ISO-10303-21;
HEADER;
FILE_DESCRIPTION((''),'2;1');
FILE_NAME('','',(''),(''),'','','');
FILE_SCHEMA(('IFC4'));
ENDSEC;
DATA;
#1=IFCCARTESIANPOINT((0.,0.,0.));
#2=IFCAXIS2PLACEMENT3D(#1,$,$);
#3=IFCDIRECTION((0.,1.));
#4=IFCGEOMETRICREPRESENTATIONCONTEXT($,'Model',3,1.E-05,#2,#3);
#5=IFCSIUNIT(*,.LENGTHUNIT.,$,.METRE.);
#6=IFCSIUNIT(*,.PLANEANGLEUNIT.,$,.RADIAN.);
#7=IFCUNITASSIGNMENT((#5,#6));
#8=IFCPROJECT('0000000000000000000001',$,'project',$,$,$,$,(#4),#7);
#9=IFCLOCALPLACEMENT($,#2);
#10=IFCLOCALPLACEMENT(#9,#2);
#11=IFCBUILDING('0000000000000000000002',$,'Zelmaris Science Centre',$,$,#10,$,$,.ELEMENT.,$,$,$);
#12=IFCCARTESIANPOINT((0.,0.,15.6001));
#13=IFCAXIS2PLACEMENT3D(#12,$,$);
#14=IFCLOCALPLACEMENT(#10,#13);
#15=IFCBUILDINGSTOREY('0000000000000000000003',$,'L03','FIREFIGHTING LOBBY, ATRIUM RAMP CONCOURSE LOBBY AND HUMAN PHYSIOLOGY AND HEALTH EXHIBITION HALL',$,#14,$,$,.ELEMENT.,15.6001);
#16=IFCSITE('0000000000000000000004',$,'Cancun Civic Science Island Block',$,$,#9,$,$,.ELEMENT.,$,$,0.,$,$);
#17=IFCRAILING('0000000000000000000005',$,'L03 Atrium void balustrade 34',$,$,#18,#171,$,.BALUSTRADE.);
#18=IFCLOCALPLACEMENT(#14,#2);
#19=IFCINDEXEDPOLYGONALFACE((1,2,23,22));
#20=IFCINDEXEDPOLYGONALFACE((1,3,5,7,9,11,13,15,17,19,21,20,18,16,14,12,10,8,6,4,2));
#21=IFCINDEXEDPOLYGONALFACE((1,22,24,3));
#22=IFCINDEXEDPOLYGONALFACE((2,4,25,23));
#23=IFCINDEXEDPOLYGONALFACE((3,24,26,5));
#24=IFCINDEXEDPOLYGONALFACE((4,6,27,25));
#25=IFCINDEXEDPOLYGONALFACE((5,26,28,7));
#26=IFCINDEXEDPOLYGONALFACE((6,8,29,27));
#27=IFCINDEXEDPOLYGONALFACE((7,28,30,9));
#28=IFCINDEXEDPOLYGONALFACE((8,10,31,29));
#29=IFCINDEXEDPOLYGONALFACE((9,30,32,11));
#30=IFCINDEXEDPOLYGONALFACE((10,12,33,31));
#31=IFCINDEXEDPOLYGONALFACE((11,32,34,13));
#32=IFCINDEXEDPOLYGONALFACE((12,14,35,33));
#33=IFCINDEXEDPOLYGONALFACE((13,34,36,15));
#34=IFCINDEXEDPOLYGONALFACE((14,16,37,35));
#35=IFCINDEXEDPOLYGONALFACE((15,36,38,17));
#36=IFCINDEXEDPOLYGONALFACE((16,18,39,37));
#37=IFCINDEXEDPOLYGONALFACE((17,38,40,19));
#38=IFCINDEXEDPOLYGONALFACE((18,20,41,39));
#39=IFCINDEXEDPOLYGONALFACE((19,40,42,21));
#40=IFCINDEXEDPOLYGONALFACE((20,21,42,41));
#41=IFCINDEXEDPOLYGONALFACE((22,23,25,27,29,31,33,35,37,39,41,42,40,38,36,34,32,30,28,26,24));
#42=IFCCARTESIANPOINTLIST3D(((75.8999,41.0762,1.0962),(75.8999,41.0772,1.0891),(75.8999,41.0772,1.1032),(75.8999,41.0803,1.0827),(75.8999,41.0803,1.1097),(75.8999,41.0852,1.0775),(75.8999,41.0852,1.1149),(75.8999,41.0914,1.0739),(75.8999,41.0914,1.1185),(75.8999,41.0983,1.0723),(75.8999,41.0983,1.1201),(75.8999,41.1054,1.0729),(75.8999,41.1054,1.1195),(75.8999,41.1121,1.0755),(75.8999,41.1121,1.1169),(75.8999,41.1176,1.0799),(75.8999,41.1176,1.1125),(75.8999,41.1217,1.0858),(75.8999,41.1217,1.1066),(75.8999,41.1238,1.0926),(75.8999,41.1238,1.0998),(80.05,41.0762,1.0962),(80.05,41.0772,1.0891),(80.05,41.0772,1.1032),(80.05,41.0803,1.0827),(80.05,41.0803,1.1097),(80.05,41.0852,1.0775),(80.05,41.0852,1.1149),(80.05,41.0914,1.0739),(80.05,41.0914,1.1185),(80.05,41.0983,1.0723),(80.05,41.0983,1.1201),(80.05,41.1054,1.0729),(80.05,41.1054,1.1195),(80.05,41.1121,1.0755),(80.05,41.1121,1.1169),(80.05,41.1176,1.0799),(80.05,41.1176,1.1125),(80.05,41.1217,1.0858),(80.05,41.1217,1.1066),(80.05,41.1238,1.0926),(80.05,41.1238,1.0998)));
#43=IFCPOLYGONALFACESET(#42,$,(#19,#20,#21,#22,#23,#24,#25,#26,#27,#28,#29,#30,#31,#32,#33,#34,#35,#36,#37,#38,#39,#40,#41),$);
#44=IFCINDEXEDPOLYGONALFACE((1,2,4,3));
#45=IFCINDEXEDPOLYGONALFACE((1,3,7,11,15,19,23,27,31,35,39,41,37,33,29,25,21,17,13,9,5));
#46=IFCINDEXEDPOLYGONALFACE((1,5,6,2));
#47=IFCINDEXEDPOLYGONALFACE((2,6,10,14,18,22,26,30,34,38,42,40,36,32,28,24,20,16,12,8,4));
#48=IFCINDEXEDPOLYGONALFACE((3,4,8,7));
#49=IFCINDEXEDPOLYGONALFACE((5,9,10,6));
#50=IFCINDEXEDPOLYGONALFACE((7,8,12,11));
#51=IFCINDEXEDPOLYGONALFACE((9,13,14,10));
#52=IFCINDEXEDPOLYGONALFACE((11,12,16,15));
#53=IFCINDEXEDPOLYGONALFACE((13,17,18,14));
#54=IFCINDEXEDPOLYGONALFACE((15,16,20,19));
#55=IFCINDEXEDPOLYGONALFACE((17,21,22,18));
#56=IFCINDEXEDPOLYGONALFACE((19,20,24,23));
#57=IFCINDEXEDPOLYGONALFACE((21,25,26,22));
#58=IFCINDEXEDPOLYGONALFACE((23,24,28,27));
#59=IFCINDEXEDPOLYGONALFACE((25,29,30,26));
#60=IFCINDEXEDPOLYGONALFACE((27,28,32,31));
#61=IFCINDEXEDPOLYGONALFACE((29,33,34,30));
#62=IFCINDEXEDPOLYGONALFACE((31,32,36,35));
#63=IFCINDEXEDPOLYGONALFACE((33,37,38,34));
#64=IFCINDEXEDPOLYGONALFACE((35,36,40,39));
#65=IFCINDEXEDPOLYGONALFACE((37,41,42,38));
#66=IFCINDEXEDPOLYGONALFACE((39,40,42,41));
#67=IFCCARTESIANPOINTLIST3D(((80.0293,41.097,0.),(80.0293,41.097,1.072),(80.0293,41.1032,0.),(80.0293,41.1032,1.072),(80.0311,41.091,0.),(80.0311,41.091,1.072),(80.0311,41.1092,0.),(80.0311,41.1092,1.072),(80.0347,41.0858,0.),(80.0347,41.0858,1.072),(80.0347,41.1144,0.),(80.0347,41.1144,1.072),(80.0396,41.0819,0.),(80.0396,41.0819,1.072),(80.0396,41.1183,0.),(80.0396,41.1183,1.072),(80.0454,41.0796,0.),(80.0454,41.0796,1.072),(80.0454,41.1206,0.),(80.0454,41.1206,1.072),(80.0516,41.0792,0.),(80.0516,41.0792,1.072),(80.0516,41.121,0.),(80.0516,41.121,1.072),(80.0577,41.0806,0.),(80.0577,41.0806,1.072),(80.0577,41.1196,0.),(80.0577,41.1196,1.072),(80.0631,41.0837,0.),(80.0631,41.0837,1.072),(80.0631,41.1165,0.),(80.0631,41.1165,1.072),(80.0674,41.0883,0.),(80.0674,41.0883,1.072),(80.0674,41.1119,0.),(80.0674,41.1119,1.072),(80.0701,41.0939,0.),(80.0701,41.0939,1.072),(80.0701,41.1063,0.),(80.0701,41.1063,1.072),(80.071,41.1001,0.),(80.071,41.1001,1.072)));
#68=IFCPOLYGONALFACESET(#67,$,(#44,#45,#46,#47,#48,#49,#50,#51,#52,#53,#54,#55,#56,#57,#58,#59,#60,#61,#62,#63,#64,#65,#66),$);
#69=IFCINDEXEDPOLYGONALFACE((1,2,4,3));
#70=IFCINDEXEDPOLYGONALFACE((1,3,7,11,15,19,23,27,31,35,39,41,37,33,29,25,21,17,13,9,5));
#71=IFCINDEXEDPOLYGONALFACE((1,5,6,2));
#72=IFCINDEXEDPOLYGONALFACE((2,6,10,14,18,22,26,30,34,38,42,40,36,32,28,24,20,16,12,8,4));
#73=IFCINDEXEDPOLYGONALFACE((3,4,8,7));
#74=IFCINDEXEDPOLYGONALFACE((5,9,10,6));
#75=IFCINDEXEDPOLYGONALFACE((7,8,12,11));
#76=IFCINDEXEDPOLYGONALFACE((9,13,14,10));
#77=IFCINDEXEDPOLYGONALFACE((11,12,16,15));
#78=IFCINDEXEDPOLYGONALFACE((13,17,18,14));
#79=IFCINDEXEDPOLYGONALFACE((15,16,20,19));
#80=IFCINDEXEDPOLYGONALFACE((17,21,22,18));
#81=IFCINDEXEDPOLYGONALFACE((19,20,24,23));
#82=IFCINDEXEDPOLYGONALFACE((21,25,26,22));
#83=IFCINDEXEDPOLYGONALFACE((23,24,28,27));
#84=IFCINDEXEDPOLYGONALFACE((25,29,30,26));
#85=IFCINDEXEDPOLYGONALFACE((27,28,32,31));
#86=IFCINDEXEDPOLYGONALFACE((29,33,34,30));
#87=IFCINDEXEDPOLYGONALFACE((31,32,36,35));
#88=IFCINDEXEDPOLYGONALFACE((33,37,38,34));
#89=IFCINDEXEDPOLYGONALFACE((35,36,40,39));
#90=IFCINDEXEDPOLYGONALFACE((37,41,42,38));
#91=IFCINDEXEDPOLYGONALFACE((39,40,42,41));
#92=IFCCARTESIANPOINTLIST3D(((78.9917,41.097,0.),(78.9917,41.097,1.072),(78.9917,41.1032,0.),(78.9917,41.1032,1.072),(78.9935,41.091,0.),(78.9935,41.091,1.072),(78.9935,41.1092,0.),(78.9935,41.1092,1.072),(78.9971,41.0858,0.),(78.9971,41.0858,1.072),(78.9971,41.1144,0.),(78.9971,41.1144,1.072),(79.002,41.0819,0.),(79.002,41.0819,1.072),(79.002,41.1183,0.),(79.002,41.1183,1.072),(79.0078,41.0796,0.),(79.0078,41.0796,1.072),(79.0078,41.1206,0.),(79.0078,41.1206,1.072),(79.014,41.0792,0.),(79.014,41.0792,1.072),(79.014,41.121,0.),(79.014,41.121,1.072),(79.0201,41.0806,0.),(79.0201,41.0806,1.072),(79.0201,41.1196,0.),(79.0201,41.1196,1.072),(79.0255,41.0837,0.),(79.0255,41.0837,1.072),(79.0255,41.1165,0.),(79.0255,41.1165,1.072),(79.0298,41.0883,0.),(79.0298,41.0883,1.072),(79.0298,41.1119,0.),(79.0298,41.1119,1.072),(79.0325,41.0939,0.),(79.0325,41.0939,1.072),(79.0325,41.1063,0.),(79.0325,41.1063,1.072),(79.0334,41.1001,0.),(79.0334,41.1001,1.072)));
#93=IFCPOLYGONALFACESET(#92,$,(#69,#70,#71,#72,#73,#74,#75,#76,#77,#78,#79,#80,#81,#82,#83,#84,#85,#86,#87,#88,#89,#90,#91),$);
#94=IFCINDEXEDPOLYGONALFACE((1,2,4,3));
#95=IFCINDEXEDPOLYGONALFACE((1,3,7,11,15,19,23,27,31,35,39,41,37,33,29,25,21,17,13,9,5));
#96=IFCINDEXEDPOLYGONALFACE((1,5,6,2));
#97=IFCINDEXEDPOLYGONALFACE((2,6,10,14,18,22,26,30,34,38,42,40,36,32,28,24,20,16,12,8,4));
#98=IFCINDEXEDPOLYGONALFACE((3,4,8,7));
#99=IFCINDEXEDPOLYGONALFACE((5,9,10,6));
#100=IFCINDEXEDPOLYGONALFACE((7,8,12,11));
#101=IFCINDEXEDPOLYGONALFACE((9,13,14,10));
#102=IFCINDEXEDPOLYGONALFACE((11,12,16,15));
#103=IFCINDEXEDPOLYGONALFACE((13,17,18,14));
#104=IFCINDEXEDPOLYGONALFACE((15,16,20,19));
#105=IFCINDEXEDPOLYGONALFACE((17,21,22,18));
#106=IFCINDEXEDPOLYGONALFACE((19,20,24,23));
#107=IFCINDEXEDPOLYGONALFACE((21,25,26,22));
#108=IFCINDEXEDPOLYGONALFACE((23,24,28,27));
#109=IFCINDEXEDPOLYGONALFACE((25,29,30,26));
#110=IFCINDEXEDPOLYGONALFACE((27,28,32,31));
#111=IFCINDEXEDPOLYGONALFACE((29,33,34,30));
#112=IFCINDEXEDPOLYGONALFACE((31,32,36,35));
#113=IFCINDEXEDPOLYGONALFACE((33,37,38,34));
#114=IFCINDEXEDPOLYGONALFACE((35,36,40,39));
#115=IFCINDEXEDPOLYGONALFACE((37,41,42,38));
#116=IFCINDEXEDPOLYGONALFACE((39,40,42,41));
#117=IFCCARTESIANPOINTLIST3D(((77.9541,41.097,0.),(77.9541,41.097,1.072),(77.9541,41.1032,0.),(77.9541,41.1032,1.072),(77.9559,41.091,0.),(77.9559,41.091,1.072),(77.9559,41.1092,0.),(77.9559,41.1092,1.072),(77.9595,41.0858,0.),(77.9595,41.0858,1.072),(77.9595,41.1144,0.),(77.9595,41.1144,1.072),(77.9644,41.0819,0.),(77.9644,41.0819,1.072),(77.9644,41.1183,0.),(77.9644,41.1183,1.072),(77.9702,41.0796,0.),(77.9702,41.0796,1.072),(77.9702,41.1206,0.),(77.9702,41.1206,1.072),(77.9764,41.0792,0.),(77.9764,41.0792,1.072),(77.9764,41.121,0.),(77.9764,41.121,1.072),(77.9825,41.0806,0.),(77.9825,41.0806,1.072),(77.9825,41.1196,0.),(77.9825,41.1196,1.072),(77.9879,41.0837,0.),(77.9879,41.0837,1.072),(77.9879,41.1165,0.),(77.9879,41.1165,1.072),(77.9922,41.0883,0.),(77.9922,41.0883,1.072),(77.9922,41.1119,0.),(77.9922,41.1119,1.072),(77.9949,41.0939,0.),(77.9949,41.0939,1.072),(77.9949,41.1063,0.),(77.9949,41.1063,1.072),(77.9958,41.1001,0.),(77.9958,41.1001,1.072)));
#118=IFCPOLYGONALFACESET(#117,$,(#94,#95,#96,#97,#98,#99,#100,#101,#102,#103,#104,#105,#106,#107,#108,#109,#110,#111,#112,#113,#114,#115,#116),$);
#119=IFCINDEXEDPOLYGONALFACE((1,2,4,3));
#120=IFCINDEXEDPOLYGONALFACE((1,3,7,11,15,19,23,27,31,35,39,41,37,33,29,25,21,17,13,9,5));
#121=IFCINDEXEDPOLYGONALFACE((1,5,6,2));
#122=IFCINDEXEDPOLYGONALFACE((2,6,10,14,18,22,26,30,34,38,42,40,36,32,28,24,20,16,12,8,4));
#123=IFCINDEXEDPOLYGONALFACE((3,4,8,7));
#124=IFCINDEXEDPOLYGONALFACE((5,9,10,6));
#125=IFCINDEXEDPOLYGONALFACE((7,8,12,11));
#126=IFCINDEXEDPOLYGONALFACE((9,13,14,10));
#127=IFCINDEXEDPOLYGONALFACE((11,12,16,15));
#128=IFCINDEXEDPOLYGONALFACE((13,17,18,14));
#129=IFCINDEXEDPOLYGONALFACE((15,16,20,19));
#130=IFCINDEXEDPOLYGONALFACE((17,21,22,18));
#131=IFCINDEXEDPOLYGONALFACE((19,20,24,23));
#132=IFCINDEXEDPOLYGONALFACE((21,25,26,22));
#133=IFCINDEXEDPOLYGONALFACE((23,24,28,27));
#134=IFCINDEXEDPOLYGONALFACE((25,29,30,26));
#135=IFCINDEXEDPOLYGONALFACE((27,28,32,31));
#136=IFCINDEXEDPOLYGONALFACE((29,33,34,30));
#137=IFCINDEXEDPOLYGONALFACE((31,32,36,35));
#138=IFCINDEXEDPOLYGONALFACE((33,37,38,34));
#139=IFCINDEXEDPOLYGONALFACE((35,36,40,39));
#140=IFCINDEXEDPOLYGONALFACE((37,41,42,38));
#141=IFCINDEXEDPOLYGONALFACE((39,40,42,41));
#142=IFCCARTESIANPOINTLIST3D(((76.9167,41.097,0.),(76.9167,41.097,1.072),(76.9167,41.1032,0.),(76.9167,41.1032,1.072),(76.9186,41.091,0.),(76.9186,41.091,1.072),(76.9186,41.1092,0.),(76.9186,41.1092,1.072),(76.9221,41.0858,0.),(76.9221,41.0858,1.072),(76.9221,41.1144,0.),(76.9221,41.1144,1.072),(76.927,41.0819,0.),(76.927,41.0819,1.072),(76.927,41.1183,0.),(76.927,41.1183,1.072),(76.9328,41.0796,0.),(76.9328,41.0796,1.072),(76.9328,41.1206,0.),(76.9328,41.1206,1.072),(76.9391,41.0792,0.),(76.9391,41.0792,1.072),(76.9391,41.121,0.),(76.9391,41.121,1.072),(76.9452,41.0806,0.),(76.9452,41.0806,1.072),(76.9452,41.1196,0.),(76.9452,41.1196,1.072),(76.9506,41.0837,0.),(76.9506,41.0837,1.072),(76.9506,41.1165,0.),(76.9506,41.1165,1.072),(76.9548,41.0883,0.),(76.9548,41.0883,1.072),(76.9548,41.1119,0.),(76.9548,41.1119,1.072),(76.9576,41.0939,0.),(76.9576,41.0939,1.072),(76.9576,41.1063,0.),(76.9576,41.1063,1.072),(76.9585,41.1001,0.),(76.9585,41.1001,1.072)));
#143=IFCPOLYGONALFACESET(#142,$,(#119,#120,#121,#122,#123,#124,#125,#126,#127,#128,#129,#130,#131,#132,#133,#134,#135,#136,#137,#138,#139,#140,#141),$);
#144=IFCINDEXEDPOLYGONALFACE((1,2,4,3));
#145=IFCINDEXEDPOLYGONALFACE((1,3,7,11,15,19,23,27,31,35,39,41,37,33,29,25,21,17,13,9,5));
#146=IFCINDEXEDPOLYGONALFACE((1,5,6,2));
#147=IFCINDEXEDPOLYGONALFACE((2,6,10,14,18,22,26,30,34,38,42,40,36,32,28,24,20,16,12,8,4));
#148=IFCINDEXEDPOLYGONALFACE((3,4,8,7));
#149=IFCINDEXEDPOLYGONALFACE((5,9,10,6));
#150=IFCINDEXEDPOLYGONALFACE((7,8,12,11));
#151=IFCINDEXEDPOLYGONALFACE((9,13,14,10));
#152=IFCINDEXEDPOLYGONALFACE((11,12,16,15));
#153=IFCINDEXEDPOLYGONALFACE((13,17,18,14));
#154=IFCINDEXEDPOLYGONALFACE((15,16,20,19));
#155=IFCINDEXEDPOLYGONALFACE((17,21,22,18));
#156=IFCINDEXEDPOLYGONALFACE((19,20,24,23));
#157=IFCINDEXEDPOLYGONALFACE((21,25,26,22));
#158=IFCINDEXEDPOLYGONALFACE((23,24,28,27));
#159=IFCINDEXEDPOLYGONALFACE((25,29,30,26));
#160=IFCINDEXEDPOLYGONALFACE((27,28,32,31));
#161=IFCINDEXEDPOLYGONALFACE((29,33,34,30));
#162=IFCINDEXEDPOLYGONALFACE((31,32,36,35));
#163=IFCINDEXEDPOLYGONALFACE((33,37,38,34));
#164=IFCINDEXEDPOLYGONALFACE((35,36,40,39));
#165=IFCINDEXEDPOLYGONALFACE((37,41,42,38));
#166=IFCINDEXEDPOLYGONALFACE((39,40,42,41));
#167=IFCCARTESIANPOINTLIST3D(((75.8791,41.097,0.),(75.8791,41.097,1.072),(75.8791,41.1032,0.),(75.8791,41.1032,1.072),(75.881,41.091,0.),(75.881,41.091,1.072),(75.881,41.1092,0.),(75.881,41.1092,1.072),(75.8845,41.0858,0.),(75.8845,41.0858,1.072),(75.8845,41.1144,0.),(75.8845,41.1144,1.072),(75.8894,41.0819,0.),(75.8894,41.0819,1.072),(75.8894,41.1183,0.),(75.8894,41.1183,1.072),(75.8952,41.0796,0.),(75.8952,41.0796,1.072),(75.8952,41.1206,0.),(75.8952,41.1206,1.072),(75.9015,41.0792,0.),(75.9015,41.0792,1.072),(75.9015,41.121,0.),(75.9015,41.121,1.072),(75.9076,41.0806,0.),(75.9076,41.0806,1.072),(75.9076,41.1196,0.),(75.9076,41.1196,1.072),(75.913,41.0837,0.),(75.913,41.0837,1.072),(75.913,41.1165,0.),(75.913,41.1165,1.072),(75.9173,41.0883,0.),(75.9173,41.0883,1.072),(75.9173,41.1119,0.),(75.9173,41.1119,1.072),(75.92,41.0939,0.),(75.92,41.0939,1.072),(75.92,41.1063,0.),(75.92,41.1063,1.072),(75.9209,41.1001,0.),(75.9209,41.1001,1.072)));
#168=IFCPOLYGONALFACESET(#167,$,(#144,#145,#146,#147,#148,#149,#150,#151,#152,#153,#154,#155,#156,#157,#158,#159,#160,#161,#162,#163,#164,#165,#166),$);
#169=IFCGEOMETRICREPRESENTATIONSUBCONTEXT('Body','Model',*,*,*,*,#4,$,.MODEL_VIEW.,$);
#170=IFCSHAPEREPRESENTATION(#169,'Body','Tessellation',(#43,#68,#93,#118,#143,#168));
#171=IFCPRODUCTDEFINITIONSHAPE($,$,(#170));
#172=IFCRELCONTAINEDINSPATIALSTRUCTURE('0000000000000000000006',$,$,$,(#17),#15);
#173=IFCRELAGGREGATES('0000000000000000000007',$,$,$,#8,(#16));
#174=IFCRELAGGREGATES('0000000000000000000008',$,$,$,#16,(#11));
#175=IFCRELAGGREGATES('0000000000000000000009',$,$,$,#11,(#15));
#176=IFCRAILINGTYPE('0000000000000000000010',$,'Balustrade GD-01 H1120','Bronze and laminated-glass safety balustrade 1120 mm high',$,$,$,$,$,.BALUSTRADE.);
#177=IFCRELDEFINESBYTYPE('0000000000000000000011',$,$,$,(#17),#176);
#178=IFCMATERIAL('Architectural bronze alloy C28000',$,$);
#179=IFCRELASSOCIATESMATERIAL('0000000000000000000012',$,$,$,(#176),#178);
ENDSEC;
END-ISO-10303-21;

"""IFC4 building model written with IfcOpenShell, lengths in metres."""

from ifc_helpers import new_model, si_unit, direction, frame, origin, origin_2d, place, context, subcontext, project, spatial, circle, extrude, material, type_object, element, save


model = new_model("IFC4")

# Units and contexts
model_context = context("Model", 3, precision=1e-05, world=origin(), true_north=direction((0.0, 1.0)))
body_context = subcontext(model_context, "Body", "Model", "MODEL_VIEW")
ifc_project = project(units=[si_unit("LENGTHUNIT", "METRE"), si_unit("PLANEANGLEUNIT", "RADIAN")], contexts=[model_context])

# Site, building, storey
site_placement = place(None, origin())
site = spatial("IfcSite", under=ifc_project, at=site_placement, Name="Cancun Civic Science Island Block", CompositionType="ELEMENT", RefElevation=0.0)
building_placement = place(site_placement, origin())
building = spatial("IfcBuilding", under=site, at=building_placement, Name="Zelmaris Science Centre", CompositionType="ELEMENT")
storey_placement = place(building_placement, frame((0.0, 0.0, 15.6001)))
storey = spatial("IfcBuildingStorey", under=building, at=storey_placement, Name="L03", Description="FIREFIGHTING LOBBY, ATRIUM RAMP CONCOURSE LOBBY AND HUMAN PHYSIOLOGY AND HEALTH EXHIBITION HALL", CompositionType="ELEMENT", Elevation=15.6001)

# Railing
ifc_material_1 = material(Name="Architectural bronze alloy C28000")
railing_type_1 = type_object("IfcRailingType", Name="Balustrade GD-01 H1120", Description="Bronze and laminated-glass safety balustrade 1120 mm high", PredefinedType="BALUSTRADE", material=ifc_material_1)
for number, where, name in (
    (1, (80.05, 41.1001, 0.0), "L03 Atrium void balustrade 34"),
):
    element("IfcRailing", number, at=place(storey_placement, frame(where)), inside=storey, type_object=railing_type_1, Name=name, PredefinedType="BALUSTRADE", context=body_context, shape_type="SweptSolid", body=[
        extrude(circle(Radius=0.0239, at=origin_2d()), frame((0.0, 0.0, 1.0962), z_axis=(-1.0, 0.0, 0.0), x_axis=(0.0, -1.0, 0.0)), (0.0, 0.0, 1.0), 4.1501),
        extrude(circle(Radius=0.021, at=origin_2d()), origin(), (0.0, 0.0, 1.0), 1.072),
        extrude(circle(Radius=0.021, at=origin_2d()), frame((-1.0376, 0.0, 0.0)), (0.0, 0.0, 1.0), 1.072),
        extrude(circle(Radius=0.021, at=origin_2d()), frame((-2.0752, 0.0, 0.0)), (0.0, 0.0, 1.0), 1.072),
        extrude(circle(Radius=0.021, at=origin_2d()), frame((-3.1125, 0.0, 0.0)), (0.0, 0.0, 1.0), 1.072),
        extrude(circle(Radius=0.021, at=origin_2d()), frame((-4.1501, 0.0, 0.0)), (0.0, 0.0, 1.0), 1.072),
    ])

save(model, "model.ifc")
